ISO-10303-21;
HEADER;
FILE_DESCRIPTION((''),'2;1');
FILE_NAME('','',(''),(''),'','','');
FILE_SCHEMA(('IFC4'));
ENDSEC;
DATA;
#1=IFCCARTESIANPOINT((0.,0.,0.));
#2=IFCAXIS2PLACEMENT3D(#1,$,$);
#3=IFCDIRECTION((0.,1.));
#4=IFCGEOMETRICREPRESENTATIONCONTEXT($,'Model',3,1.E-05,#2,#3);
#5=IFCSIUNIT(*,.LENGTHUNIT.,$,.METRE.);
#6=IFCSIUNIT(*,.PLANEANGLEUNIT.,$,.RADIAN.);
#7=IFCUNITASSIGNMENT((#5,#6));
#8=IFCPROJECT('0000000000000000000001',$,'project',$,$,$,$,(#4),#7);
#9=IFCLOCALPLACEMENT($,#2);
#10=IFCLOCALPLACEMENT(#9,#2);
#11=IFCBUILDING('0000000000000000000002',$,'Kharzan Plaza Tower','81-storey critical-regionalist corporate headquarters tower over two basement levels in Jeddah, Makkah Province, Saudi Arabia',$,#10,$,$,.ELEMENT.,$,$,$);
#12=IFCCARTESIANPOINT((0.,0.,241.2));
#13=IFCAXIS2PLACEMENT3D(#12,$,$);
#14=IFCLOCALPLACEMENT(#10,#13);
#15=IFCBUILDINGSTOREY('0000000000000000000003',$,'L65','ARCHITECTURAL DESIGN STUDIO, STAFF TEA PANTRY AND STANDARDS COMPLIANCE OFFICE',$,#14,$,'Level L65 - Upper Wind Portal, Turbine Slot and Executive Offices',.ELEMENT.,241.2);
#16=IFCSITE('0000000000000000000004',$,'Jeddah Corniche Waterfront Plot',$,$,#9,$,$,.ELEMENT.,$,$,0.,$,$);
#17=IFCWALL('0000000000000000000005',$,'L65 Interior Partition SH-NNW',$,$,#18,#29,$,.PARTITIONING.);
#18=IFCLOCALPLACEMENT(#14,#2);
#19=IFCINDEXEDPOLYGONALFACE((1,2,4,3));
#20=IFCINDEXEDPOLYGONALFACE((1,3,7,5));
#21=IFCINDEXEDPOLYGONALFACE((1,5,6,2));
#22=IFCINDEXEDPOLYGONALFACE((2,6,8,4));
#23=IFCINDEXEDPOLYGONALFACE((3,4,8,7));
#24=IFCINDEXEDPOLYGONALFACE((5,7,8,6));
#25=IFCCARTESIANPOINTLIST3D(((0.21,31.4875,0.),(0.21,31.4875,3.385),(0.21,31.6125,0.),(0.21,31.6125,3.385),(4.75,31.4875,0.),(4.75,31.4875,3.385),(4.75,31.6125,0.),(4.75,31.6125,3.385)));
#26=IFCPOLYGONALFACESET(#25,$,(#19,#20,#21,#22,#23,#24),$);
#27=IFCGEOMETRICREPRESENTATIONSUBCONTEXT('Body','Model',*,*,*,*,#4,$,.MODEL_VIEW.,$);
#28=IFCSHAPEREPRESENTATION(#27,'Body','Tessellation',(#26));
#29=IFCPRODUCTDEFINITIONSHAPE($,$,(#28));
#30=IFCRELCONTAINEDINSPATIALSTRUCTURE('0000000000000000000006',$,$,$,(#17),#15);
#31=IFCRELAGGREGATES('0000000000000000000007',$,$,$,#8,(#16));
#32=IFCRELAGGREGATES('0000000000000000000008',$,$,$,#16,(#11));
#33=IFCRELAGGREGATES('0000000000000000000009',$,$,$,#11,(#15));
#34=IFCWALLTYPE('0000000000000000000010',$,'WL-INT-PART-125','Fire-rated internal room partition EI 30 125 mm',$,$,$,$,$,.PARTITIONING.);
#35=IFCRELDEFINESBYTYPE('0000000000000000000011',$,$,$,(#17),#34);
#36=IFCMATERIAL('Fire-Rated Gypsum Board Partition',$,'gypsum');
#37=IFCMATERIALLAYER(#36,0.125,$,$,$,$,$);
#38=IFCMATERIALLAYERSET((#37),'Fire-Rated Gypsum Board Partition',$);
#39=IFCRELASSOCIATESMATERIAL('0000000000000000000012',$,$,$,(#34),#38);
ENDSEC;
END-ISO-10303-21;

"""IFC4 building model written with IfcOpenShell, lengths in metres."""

from ifc_helpers import new_model, si_unit, direction, frame, frame_2d, origin, place, context, subcontext, project, spatial, rectangle, extrude, source, transform, mapped, material, layer, layer_set, type_object, element, save


model = new_model("IFC4")

# Units and contexts
model_context = context("Model", 3, precision=1e-05, world=origin(), true_north=direction((0.0, 1.0)))
body_context = subcontext(model_context, "Body", "Model", "MODEL_VIEW")
ifc_project = project(units=[si_unit("LENGTHUNIT", "METRE"), si_unit("PLANEANGLEUNIT", "RADIAN")], contexts=[model_context])

# Site, building, storey
site_placement = place(None, origin())
site = spatial("IfcSite", under=ifc_project, at=site_placement, Name="Jeddah Corniche Waterfront Plot", CompositionType="ELEMENT", RefElevation=0.0)
building_placement = place(site_placement, origin())
building = spatial("IfcBuilding", under=site, at=building_placement, Name="Kharzan Plaza Tower", Description="81-storey critical-regionalist corporate headquarters tower over two basement levels in Jeddah, Makkah Province, Saudi Arabia", CompositionType="ELEMENT")
storey_placement = place(building_placement, frame((0.0, 0.0, 241.2)))
storey = spatial("IfcBuildingStorey", under=building, at=storey_placement, Name="L65", Description="ARCHITECTURAL DESIGN STUDIO, STAFF TEA PANTRY AND STANDARDS COMPLIANCE OFFICE", LongName="Level L65 - Upper Wind Portal, Turbine Slot and Executive Offices", CompositionType="ELEMENT", Elevation=241.2)

# Wall
ifc_material_1 = material(Name="Fire-Rated Gypsum Board Partition", Category="gypsum")
ifc_layer_1 = layer(ifc_material_1, 0.125)
ifc_layer_set_1 = layer_set([ifc_layer_1], Name="Fire-Rated Gypsum Board Partition")
wall_type_1 = type_object("IfcWallType", Name="WL-INT-PART-125", Description="Fire-rated internal room partition EI 30 125 mm", PredefinedType="PARTITIONING", material=ifc_layer_set_1)
shared_shape_1 = source(origin(), body_context, "Body", "SweptSolid", [
    extrude(rectangle(XDim=4.54, YDim=0.125, at=frame_2d((2.27, 0.0))), origin(), (0.0, 0.0, 1.0), 3.385),
])
wall_1_placement = place(storey_placement, frame((0.21, 31.55, 0.0), z_axis=(0.0, 0.0, 1.0), x_axis=(1.0, 0.0, 0.0)))
element("IfcWall", 1, at=wall_1_placement, inside=storey, type_object=wall_type_1, Name="L65 Interior Partition SH-NNW", PredefinedType="PARTITIONING", context=body_context, shape_type="MappedRepresentation", body=[
    mapped(shared_shape_1, transform((0.0, 0.0, 0.0), x_axis=(1.0, 0.0, 0.0), y_axis=(0.0, 1.0, 0.0), z_axis=(0.0, 0.0, 1.0))),
])

save(model, "model.ifc")
